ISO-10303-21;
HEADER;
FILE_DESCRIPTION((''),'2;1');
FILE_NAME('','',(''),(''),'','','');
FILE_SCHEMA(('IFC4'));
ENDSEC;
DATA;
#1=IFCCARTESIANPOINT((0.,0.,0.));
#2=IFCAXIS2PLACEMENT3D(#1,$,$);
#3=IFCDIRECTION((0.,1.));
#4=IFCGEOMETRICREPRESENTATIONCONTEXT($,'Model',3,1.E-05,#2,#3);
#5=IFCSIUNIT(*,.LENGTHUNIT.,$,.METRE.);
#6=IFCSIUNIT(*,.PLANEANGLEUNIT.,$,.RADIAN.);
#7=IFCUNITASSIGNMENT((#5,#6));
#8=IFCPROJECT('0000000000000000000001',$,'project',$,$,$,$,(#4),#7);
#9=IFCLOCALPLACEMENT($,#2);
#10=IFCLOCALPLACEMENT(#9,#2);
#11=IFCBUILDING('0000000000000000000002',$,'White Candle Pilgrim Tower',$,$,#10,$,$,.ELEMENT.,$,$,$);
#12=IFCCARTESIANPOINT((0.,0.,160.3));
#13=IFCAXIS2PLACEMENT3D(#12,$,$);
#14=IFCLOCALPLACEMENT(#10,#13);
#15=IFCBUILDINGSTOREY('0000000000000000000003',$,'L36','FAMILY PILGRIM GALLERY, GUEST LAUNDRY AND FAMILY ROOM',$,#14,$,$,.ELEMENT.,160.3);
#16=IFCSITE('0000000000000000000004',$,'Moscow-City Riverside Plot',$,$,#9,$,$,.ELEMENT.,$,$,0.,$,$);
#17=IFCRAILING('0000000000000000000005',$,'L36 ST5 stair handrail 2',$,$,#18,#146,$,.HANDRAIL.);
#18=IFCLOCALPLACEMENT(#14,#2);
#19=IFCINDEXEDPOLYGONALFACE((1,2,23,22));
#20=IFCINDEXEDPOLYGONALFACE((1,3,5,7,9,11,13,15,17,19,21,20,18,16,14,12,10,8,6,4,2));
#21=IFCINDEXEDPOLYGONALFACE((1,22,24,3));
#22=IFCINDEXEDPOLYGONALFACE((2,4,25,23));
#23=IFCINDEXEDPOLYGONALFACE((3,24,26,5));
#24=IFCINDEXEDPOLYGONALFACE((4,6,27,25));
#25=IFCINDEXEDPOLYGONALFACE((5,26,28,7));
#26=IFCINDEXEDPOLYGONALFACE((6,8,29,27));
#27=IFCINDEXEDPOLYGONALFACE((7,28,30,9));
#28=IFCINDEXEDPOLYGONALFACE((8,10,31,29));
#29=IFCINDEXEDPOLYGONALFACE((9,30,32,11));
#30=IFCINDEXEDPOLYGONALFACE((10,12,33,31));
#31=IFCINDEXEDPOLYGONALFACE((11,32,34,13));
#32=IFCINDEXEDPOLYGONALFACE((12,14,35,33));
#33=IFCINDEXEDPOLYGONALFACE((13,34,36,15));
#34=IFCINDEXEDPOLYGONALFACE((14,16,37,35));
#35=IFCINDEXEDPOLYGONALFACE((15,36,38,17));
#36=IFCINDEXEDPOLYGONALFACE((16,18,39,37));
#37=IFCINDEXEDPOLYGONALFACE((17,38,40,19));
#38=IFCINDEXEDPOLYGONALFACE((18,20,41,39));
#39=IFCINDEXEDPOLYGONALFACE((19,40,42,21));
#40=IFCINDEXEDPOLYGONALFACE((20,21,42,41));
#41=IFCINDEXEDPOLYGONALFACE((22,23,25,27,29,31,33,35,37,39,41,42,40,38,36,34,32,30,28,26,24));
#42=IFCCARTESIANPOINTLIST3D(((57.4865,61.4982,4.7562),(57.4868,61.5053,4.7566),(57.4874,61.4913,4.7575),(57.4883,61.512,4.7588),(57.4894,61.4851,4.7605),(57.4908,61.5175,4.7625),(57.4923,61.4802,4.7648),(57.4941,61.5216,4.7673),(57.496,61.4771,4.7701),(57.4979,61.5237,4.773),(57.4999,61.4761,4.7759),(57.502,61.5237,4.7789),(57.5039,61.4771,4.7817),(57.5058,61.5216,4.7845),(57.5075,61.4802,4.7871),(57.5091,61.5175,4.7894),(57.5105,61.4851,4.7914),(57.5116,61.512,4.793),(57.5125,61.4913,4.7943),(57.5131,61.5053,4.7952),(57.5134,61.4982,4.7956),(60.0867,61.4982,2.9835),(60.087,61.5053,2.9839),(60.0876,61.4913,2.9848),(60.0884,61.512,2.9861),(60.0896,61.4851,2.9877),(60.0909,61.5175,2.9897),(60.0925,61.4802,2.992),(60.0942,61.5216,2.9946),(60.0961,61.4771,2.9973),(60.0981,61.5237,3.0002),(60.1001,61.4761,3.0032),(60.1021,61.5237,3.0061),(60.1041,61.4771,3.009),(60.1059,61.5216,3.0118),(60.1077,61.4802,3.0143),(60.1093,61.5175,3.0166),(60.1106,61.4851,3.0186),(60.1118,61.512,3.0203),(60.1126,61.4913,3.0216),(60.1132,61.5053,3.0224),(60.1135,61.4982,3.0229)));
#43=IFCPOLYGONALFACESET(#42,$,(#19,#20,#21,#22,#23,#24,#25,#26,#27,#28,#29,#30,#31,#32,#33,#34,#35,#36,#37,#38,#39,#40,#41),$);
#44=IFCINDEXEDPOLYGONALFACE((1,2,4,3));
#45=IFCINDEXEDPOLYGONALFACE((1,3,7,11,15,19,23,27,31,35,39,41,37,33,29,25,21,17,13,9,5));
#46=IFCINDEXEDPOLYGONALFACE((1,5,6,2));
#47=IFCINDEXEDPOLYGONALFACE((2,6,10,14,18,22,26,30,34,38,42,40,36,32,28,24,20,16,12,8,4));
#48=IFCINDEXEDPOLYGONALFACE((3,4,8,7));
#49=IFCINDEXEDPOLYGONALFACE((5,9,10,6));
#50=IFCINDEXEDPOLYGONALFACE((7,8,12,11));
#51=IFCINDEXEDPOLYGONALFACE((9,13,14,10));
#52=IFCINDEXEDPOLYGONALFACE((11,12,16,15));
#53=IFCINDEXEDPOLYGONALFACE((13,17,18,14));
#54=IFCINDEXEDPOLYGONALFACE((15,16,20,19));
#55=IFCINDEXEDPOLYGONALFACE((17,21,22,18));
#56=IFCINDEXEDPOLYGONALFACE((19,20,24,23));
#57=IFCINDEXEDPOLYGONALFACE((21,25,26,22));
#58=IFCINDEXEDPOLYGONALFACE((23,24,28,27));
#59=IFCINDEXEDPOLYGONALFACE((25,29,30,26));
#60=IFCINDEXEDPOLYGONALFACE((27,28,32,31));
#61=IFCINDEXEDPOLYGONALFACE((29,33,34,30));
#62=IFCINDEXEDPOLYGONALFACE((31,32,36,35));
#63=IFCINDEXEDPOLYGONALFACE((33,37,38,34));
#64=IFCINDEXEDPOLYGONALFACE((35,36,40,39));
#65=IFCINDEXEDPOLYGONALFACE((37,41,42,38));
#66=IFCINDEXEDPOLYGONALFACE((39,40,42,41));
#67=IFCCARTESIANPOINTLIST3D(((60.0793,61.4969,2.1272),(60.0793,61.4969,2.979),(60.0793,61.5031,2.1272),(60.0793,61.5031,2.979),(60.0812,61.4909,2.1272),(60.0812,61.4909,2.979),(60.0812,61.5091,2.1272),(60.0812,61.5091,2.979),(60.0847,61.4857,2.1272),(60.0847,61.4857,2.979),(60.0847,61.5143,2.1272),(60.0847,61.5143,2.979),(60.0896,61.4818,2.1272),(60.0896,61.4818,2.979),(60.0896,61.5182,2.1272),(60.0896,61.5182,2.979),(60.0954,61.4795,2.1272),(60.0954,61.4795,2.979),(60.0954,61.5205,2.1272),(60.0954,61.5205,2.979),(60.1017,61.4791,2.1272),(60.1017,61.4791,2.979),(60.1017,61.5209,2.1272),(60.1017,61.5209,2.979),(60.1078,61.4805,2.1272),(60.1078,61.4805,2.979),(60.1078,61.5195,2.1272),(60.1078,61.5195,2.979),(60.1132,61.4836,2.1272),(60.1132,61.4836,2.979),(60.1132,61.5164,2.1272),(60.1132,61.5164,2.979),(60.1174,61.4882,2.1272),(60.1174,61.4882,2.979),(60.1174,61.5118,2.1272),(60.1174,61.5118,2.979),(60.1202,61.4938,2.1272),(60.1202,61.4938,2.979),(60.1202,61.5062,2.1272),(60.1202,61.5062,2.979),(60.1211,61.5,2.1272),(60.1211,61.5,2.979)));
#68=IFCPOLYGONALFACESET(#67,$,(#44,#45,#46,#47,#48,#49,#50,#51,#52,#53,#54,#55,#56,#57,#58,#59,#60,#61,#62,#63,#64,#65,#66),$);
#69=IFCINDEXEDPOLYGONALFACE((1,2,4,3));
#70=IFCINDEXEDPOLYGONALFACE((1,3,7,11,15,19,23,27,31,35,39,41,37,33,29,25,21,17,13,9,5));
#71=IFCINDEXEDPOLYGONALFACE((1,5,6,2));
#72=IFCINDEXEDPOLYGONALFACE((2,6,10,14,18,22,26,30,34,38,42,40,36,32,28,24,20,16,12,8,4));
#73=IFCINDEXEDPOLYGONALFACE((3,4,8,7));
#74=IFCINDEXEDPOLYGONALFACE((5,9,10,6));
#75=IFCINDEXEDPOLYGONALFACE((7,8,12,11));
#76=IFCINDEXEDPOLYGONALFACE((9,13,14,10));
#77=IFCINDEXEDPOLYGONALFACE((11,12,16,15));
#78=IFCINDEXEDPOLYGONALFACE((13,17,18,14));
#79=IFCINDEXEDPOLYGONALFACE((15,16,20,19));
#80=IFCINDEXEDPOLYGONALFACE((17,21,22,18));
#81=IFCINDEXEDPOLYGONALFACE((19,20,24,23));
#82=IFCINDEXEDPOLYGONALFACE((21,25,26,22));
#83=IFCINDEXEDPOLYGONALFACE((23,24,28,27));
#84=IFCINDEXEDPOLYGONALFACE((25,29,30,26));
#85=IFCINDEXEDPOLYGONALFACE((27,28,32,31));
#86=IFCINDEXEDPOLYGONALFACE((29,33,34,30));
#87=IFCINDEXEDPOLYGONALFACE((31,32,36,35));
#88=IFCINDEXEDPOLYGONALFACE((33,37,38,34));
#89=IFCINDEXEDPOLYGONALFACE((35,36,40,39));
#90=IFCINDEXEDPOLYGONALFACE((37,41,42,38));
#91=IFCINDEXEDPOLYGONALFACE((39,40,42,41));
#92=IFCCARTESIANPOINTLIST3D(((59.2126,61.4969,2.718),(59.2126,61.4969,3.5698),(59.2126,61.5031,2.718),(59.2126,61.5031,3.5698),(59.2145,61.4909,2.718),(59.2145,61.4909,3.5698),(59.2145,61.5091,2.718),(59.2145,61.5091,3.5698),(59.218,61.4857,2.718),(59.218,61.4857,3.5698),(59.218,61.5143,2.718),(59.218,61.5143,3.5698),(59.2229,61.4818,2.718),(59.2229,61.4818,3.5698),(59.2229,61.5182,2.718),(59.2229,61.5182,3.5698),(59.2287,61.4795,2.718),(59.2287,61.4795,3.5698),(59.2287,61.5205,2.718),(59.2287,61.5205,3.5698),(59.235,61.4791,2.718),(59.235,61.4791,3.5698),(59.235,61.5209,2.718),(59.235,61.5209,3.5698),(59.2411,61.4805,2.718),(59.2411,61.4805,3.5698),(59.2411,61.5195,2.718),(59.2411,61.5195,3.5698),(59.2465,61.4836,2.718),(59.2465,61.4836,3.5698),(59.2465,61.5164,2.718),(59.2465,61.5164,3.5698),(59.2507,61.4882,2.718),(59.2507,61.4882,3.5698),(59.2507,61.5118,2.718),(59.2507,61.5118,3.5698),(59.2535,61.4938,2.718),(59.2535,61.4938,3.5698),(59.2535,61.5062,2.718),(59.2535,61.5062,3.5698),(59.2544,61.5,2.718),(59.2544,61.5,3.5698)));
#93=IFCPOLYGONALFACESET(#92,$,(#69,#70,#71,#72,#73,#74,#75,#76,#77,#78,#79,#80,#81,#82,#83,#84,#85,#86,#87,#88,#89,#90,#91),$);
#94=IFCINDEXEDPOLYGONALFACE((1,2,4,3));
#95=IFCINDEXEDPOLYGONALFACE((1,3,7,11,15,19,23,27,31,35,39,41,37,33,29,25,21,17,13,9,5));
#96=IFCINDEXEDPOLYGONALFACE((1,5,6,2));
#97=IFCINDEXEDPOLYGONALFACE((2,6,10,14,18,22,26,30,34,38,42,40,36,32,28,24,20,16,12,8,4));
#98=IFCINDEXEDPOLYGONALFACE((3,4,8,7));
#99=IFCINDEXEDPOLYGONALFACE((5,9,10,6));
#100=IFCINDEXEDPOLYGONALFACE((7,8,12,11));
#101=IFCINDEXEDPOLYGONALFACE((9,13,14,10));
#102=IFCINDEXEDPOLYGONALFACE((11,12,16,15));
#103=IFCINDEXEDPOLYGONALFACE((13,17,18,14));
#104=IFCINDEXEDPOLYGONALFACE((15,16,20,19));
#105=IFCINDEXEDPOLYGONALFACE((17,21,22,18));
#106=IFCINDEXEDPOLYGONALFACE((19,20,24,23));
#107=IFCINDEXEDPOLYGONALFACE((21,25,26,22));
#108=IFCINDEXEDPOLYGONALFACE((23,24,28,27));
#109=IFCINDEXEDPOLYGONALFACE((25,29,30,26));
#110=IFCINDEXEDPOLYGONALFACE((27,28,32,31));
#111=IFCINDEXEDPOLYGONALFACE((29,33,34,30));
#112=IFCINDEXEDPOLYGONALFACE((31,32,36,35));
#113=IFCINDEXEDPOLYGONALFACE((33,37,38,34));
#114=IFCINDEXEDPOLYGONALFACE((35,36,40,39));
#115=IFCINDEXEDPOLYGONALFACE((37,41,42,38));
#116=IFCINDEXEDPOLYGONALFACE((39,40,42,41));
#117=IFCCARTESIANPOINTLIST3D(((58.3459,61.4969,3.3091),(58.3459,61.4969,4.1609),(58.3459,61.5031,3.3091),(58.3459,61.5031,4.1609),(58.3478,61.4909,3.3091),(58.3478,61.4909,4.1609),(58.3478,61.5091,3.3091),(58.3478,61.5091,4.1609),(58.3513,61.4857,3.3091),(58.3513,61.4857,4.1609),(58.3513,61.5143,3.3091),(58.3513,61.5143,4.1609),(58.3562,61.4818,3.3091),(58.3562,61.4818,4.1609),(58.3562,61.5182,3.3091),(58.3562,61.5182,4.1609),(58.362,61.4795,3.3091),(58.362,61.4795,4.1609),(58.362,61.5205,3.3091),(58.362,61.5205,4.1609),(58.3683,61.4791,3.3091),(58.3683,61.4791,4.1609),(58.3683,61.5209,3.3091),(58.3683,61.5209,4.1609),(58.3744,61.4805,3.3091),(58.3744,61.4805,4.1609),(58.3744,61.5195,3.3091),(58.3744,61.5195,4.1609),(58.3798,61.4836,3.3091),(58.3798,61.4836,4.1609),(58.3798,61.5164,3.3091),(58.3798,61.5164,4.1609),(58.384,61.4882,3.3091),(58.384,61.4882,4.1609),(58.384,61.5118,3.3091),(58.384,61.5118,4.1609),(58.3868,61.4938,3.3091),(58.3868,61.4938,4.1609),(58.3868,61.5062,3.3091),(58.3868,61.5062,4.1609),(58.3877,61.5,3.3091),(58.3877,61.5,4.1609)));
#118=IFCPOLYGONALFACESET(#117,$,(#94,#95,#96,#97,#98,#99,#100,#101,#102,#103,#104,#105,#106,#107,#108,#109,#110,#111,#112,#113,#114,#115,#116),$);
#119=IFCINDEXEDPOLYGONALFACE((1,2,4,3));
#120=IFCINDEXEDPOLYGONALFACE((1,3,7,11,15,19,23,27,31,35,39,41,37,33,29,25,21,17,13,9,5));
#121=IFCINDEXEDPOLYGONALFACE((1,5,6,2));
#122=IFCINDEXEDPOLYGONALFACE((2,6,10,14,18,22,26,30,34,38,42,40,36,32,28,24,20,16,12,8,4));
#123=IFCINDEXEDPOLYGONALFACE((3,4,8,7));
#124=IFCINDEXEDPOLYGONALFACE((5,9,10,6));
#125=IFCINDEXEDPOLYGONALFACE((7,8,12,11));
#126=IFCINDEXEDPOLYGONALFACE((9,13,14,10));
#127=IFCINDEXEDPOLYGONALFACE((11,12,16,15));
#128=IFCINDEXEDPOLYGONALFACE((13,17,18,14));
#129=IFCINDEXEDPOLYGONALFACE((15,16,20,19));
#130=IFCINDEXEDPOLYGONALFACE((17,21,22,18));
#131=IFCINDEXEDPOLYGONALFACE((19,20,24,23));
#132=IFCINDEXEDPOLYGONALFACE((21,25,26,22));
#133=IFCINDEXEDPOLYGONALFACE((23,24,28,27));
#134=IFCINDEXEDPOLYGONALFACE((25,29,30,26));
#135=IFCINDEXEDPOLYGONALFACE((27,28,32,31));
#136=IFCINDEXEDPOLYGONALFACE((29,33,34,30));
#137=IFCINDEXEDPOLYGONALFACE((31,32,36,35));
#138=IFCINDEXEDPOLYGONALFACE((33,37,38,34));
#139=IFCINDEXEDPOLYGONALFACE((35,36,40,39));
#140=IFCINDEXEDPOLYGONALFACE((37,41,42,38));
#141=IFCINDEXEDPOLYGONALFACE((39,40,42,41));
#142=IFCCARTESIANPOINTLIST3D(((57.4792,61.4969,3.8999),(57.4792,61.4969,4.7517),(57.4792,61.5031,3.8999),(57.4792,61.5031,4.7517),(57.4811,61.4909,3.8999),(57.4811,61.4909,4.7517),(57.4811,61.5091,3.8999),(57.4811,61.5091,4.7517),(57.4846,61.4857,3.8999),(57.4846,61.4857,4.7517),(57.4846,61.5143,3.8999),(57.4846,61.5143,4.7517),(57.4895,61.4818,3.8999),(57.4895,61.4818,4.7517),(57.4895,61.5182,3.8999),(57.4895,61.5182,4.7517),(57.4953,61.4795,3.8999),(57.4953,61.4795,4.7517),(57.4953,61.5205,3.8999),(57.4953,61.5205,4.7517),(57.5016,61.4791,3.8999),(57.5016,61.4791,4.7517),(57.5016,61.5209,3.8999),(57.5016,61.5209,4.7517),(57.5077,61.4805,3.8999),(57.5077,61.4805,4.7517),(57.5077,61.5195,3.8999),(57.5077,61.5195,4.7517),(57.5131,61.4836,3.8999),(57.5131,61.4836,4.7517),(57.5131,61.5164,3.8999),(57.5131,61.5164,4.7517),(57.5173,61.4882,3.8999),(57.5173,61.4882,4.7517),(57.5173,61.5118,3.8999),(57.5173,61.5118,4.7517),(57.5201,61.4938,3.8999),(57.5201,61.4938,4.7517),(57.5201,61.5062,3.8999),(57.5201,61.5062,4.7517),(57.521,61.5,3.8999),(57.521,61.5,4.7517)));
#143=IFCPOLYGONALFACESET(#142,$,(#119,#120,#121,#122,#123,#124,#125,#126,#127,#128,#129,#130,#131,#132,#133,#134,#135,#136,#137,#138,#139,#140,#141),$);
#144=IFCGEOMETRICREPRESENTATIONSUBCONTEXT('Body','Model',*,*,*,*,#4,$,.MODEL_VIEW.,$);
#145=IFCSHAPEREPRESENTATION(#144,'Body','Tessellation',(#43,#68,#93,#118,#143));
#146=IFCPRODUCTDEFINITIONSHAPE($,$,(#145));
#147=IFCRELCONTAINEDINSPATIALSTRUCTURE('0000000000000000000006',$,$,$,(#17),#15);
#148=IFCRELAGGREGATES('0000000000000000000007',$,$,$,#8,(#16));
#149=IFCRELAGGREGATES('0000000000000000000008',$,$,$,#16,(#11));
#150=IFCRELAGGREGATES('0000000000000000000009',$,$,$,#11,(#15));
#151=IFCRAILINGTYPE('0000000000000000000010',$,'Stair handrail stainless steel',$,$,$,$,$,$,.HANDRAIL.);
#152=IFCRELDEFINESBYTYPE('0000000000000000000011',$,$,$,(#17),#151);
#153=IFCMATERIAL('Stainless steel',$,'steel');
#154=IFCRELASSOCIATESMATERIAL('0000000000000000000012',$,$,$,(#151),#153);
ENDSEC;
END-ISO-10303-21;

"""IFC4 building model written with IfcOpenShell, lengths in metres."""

from ifc_helpers import new_model, si_unit, direction, frame, origin, origin_2d, place, context, subcontext, project, spatial, circle, extrude, material, type_object, element, save


model = new_model("IFC4")

# Units and contexts
model_context = context("Model", 3, precision=1e-05, world=origin(), true_north=direction((0.0, 1.0)))
body_context = subcontext(model_context, "Body", "Model", "MODEL_VIEW")
ifc_project = project(units=[si_unit("LENGTHUNIT", "METRE"), si_unit("PLANEANGLEUNIT", "RADIAN")], contexts=[model_context])

# Site, building, storey
site_placement = place(None, origin())
site = spatial("IfcSite", under=ifc_project, at=site_placement, Name="Moscow-City Riverside Plot", CompositionType="ELEMENT", RefElevation=0.0)
building_placement = place(site_placement, origin())
building = spatial("IfcBuilding", under=site, at=building_placement, Name="White Candle Pilgrim Tower", CompositionType="ELEMENT")
storey_placement = place(building_placement, frame((0.0, 0.0, 160.3)))
storey = spatial("IfcBuildingStorey", under=building, at=storey_placement, Name="L36", Description="FAMILY PILGRIM GALLERY, GUEST LAUNDRY AND FAMILY ROOM", CompositionType="ELEMENT", Elevation=160.3)

# Railing
ifc_material_1 = material(Name="Stainless steel", Category="steel")
railing_type_1 = type_object("IfcRailingType", Name="Stair handrail stainless steel", PredefinedType="HANDRAIL", material=ifc_material_1)
railing_1_placement = place(storey_placement, frame((60.1001, 61.5, 2.1272)))
element("IfcRailing", 1, at=railing_1_placement, inside=storey, type_object=railing_type_1, Name="L36 ST5 stair handrail 2", PredefinedType="HANDRAIL", context=body_context, shape_type="SweptSolid", body=[
    extrude(circle(Radius=0.0239, at=origin_2d()), frame((0.0, 0.0, 0.876), z_axis=(-0.82624, 0.0, 0.563318), x_axis=(0.0, -1.0, 0.0)), (0.0, 0.0, 1.0), 3.147),
    extrude(circle(Radius=0.021, at=origin_2d()), origin(), (0.0, 0.0, 1.0), 0.8518),
    extrude(circle(Radius=0.021, at=origin_2d()), frame((-0.8667, 0.0, 0.5908)), (0.0, 0.0, 1.0), 0.8518),
    extrude(circle(Radius=0.021, at=origin_2d()), frame((-1.7334, 0.0, 1.1819)), (0.0, 0.0, 1.0), 0.8518),
    extrude(circle(Radius=0.021, at=origin_2d()), frame((-2.6001, 0.0, 1.7727)), (0.0, 0.0, 1.0), 0.8518),
])

save(model, "model.ifc")
